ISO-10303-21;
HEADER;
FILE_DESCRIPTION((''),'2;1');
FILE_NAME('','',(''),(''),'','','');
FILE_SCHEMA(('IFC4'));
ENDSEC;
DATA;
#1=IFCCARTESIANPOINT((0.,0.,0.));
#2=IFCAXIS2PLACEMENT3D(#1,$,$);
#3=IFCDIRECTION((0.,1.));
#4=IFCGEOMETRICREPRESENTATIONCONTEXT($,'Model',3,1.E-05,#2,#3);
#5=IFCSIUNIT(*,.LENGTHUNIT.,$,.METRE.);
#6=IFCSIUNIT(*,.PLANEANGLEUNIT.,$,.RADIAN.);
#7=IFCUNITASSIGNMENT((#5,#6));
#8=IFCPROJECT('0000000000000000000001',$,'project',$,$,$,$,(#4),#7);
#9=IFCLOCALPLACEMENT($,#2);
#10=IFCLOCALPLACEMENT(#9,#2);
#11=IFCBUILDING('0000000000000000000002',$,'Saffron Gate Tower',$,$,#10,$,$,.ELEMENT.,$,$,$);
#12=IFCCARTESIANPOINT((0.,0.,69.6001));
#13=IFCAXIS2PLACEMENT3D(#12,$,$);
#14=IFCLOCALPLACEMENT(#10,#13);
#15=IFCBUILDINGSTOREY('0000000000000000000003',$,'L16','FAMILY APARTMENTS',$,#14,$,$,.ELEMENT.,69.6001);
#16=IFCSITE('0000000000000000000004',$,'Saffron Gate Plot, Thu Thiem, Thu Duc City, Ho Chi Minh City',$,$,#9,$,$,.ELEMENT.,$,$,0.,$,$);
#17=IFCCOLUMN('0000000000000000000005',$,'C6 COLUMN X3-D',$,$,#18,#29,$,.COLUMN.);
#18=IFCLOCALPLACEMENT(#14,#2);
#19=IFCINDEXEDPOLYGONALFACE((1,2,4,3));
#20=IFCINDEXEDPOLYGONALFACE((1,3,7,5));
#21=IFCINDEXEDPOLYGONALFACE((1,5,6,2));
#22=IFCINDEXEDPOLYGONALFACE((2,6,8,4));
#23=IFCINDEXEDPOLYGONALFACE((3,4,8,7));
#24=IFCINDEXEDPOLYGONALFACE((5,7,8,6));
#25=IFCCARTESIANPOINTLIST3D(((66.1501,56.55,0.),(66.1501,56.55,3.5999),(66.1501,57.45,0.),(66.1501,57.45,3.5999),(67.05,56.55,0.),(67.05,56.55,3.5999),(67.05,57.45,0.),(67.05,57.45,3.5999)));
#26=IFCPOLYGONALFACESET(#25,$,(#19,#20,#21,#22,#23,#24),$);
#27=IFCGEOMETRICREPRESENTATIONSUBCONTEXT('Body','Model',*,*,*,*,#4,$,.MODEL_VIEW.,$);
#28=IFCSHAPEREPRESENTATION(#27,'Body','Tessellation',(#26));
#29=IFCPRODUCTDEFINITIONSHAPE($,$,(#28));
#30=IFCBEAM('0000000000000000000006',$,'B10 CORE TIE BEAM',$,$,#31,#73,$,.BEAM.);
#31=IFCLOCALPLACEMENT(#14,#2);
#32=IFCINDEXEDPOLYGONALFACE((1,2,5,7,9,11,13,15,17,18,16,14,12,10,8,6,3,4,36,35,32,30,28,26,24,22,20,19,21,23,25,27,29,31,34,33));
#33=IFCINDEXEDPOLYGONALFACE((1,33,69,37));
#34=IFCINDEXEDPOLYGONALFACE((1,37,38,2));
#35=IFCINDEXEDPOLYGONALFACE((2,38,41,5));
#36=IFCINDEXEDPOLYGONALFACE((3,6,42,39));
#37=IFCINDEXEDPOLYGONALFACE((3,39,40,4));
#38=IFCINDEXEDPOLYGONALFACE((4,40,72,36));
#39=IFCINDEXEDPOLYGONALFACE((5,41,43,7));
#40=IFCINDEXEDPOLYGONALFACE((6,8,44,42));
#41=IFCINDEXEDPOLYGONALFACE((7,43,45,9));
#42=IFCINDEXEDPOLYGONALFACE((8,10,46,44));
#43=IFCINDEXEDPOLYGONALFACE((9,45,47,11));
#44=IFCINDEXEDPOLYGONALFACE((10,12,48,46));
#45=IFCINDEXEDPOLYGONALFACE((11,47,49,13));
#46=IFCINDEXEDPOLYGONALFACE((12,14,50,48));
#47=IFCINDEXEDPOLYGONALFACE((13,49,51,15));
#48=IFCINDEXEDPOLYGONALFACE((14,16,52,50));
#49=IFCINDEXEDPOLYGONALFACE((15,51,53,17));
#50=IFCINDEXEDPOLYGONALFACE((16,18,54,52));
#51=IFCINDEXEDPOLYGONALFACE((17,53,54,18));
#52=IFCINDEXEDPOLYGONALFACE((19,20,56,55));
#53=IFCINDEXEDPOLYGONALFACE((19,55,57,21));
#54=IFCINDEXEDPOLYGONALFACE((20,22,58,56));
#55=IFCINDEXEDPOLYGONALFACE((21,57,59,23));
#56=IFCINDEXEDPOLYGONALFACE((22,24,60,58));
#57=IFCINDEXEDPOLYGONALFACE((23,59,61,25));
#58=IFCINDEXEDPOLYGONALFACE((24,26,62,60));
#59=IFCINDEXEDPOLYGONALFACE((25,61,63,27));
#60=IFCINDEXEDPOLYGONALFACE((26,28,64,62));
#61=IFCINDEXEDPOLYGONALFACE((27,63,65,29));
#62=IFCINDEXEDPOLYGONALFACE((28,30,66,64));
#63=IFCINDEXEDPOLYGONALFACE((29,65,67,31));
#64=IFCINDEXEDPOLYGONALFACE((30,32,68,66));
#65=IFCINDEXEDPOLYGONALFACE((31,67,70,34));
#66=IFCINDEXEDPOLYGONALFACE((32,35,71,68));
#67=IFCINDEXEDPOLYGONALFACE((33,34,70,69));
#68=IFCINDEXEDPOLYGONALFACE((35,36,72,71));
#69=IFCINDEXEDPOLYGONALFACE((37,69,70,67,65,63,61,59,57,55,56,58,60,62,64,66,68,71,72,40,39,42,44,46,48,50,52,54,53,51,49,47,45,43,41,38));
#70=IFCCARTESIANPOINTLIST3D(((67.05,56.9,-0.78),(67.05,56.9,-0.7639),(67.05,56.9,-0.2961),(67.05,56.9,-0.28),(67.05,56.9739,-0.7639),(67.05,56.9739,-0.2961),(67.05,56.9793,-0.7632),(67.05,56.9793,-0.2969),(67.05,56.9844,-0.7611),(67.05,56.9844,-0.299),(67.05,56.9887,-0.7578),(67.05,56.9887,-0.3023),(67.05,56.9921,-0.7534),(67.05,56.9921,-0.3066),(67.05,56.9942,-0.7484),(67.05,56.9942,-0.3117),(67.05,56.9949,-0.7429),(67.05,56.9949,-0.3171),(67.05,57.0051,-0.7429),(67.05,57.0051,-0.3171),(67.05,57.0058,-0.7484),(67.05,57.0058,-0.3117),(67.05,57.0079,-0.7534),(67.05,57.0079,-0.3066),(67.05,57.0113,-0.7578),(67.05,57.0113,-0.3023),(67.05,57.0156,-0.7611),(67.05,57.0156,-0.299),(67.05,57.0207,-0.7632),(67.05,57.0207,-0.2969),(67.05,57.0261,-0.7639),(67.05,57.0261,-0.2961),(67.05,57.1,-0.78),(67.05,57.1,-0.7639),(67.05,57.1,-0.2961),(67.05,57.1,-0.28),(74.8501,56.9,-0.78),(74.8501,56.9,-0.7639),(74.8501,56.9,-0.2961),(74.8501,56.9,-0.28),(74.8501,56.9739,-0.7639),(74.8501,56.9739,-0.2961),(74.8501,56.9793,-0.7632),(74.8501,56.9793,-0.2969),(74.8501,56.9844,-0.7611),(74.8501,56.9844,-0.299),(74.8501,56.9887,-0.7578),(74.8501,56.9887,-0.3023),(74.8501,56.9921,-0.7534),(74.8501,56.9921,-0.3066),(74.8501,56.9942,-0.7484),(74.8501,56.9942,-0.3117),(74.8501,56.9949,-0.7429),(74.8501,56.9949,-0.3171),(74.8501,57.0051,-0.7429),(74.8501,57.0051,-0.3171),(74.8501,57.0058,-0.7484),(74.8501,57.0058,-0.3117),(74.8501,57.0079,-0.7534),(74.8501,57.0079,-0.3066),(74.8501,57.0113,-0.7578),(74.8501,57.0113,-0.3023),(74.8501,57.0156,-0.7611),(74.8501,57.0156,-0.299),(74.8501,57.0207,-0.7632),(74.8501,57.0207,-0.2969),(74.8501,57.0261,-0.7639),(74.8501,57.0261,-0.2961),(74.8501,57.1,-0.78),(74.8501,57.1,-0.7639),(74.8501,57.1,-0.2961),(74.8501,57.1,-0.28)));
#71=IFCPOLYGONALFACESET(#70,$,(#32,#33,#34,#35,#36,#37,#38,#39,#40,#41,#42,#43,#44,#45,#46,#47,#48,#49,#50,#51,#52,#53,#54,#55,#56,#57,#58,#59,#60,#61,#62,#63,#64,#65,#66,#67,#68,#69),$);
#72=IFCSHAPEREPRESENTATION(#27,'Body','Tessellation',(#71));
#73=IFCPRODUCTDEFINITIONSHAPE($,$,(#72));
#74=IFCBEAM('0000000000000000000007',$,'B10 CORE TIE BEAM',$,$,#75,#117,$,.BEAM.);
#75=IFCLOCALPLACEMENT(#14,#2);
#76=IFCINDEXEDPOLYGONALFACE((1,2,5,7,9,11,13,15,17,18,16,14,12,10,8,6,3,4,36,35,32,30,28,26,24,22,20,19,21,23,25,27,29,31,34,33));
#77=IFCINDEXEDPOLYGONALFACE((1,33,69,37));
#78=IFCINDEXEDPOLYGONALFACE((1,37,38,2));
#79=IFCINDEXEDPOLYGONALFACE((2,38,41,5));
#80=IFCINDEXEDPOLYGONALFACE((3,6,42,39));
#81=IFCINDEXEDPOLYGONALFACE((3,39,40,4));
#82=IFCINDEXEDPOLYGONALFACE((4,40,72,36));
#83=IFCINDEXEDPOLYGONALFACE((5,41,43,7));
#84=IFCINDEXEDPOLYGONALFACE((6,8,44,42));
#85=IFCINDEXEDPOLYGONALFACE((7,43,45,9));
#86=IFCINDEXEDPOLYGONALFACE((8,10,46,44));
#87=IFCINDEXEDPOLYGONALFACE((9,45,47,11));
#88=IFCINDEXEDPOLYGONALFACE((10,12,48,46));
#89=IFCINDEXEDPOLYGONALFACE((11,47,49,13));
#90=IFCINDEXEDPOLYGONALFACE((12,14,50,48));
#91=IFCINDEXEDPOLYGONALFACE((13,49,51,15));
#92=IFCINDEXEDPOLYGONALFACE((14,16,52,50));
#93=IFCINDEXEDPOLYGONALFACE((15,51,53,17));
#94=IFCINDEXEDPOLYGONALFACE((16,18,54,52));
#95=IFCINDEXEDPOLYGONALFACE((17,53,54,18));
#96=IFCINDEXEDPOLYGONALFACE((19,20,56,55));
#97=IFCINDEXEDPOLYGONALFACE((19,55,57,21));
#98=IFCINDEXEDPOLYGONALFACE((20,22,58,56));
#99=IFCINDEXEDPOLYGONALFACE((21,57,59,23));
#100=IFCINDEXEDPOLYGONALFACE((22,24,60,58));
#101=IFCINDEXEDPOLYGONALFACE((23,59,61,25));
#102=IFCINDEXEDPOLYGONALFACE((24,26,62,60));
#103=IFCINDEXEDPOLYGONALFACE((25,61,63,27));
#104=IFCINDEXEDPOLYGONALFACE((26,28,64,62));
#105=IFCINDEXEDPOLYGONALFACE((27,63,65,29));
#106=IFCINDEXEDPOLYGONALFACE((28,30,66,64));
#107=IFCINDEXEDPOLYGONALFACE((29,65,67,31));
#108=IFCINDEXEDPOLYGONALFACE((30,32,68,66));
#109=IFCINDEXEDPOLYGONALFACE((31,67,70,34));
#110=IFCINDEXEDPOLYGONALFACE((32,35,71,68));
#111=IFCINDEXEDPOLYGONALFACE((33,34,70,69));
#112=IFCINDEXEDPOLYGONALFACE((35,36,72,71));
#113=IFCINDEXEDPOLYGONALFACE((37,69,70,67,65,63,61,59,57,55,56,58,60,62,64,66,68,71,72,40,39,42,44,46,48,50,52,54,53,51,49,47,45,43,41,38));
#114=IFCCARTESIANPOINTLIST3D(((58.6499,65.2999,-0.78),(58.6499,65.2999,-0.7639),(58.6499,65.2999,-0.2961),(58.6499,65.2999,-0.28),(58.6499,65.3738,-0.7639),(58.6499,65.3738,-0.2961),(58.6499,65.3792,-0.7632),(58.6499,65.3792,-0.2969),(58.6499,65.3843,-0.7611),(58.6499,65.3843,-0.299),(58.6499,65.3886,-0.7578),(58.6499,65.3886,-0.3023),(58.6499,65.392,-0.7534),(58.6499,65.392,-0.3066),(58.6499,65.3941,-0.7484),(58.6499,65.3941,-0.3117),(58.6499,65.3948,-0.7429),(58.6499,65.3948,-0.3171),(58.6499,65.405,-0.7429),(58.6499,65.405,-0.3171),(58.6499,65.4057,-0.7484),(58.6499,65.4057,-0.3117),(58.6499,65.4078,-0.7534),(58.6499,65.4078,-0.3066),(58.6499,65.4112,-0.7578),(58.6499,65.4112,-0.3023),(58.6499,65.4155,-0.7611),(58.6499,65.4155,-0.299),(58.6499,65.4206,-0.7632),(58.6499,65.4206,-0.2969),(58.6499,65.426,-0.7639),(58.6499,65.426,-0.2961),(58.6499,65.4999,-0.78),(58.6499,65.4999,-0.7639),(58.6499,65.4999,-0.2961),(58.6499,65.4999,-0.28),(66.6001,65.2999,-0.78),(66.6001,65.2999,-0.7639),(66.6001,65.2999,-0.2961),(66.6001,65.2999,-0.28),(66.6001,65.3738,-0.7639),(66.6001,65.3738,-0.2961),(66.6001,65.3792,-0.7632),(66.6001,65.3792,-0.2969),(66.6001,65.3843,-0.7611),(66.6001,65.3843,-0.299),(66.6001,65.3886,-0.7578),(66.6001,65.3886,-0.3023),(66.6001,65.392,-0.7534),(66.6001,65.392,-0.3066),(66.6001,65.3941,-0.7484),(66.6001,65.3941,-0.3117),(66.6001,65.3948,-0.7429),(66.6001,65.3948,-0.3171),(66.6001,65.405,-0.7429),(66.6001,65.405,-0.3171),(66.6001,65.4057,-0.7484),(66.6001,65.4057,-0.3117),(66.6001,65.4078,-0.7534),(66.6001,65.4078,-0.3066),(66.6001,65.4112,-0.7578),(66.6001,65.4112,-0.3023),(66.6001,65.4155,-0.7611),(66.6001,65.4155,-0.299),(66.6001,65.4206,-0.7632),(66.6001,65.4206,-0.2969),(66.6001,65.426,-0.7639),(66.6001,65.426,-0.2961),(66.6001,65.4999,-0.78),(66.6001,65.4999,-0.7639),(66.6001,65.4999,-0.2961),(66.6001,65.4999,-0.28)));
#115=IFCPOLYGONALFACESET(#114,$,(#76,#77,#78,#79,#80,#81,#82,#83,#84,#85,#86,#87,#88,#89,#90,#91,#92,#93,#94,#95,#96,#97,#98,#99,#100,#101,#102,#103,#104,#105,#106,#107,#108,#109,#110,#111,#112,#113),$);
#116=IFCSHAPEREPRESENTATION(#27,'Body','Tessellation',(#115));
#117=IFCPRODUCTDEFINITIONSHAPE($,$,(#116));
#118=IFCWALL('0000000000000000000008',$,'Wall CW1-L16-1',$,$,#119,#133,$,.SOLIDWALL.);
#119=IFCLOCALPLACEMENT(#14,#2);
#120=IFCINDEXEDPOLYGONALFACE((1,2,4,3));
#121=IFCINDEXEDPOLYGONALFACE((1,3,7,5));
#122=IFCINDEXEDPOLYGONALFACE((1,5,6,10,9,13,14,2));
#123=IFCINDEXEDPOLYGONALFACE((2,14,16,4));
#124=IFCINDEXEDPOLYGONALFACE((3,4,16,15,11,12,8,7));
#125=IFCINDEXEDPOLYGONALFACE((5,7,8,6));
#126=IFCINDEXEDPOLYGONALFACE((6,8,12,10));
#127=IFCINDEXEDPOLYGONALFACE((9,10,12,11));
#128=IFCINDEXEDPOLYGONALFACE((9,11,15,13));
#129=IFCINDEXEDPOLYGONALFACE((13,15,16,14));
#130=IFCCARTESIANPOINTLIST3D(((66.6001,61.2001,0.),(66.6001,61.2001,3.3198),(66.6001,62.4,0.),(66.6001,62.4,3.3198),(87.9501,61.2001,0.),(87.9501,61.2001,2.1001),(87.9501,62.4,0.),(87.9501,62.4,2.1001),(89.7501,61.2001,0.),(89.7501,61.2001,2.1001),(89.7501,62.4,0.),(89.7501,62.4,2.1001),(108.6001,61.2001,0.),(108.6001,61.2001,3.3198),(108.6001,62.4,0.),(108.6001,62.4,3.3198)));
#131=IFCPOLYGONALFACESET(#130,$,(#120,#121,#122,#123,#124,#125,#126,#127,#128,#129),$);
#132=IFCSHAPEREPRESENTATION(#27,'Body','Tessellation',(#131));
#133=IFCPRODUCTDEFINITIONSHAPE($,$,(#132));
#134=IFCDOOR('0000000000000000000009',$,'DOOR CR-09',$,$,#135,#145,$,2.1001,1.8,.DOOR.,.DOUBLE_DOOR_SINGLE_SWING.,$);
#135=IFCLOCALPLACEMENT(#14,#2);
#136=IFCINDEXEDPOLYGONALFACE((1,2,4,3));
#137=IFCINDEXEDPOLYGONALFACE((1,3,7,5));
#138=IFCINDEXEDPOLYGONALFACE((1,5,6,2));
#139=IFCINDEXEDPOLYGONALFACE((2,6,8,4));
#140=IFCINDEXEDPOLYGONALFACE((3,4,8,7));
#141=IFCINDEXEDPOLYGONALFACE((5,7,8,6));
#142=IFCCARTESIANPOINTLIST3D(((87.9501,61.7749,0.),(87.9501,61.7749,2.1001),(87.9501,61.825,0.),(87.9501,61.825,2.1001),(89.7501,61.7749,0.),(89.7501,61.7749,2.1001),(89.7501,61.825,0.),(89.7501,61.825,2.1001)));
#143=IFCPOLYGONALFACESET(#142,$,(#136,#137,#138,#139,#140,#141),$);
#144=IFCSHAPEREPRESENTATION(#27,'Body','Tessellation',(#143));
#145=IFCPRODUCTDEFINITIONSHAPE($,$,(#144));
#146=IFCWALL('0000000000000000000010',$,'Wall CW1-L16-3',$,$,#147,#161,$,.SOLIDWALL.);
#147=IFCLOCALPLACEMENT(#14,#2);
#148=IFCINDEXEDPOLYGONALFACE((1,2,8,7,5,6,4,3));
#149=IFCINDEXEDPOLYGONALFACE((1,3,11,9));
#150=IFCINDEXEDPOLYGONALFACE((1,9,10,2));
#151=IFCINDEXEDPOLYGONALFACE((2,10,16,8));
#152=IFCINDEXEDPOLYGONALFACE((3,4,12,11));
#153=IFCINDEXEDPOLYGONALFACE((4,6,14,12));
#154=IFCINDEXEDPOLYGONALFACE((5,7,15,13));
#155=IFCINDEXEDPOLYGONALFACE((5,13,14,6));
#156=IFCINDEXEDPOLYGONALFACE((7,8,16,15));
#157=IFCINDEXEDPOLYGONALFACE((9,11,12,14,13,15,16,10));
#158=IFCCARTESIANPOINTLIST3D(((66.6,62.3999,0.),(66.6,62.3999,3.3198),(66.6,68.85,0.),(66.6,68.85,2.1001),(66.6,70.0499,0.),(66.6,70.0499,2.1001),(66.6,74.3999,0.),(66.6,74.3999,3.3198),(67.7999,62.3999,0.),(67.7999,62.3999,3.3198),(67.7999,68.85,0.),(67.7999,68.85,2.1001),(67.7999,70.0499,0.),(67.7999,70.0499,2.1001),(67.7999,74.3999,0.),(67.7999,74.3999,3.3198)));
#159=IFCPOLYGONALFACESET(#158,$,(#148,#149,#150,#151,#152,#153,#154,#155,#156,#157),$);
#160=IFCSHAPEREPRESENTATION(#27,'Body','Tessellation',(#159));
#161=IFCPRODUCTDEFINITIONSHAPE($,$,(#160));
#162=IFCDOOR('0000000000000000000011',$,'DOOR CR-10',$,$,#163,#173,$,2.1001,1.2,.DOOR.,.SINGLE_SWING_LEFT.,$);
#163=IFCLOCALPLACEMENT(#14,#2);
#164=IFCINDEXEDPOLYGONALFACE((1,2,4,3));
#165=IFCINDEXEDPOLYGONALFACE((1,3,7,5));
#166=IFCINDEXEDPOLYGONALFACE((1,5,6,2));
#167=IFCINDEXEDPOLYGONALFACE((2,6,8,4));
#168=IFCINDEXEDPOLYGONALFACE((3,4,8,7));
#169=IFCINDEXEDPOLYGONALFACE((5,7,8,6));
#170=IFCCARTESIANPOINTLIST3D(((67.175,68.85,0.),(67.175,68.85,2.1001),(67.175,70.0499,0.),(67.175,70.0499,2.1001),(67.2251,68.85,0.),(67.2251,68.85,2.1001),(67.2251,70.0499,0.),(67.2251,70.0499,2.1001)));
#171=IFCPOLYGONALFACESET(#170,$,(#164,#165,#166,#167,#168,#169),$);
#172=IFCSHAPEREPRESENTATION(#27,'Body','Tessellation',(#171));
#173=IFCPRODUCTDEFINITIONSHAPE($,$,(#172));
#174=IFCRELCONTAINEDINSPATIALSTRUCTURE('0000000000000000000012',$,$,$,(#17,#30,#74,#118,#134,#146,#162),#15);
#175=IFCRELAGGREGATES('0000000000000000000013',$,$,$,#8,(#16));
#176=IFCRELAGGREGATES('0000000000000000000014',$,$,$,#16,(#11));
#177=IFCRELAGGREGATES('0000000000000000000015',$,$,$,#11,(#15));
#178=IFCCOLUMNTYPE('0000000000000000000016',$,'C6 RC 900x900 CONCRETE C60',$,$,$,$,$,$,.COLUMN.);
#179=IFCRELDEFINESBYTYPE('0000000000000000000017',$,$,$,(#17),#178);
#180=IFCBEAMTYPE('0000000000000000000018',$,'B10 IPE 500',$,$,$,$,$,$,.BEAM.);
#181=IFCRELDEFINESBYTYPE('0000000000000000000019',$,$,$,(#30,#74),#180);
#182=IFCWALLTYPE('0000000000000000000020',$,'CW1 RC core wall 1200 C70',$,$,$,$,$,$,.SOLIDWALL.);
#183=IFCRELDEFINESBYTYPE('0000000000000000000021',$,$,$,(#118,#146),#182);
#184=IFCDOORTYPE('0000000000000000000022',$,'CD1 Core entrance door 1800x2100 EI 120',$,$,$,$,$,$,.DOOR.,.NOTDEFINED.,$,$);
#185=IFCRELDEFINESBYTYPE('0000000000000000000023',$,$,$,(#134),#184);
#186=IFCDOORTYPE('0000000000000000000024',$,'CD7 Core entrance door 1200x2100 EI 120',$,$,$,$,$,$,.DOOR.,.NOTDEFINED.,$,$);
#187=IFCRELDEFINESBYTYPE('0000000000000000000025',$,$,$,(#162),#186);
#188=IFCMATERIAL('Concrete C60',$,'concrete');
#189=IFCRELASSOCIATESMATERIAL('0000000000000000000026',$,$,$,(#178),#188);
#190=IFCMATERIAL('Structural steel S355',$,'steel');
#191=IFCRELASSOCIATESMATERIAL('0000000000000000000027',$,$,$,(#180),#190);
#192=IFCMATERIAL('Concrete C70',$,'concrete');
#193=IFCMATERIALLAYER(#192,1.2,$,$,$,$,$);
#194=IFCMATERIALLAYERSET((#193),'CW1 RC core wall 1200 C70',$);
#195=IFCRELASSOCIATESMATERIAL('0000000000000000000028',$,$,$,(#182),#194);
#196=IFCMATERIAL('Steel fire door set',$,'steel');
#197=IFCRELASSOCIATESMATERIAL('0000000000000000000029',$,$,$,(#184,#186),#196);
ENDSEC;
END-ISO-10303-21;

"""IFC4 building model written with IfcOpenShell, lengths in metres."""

from ifc_helpers import new_model, si_unit, direction, frame, frame_2d, origin, origin_2d, place, context, subcontext, project, spatial, rectangle, i_section, extrude, material, layer, layer_set, material_profile, profile_set, type_object, element, fill, save


model = new_model("IFC4")

# Units and contexts
model_context = context("Model", 3, precision=1e-05, world=origin(), true_north=direction((0.0, 1.0)))
body_context = subcontext(model_context, "Body", "Model", "MODEL_VIEW")
ifc_project = project(units=[si_unit("LENGTHUNIT", "METRE"), si_unit("PLANEANGLEUNIT", "RADIAN")], contexts=[model_context])

# Site, building, storey
site_placement = place(None, origin())
site = spatial("IfcSite", under=ifc_project, at=site_placement, Name="Saffron Gate Plot, Thu Thiem, Thu Duc City, Ho Chi Minh City", CompositionType="ELEMENT", RefElevation=0.0)
building_placement = place(site_placement, origin())
building = spatial("IfcBuilding", under=site, at=building_placement, Name="Saffron Gate Tower", CompositionType="ELEMENT")
storey_placement = place(building_placement, frame((0.0, 0.0, 69.6001)))
storey = spatial("IfcBuildingStorey", under=building, at=storey_placement, Name="L16", Description="FAMILY APARTMENTS", CompositionType="ELEMENT", Elevation=69.6001)

# Column
ifc_material_1 = material(Name="Concrete C60", Category="concrete")
ifc_material_profile_1 = material_profile(ifc_material_1, rectangle(XDim=0.8999, YDim=0.8999, at=origin_2d()))
ifc_profile_set_1 = profile_set([ifc_material_profile_1], Name="Concrete C60")
column_type = type_object("IfcColumnType", Name="C6 RC 900x900 CONCRETE C60", PredefinedType="COLUMN", material=ifc_profile_set_1)
column_placement = place(storey_placement, frame((66.6001, 57.0, 0.0), z_axis=(0.0, 0.0, 1.0), x_axis=(1.0, 0.0, 0.0)))
element("IfcColumn", 1, at=column_placement, inside=storey, type_object=column_type, Name="C6 COLUMN X3-D", PredefinedType="COLUMN", context=body_context, shape_type="SweptSolid", body=[
    extrude(rectangle(XDim=0.8999, YDim=0.8999, at=origin_2d()), origin(), (0.0, 0.0, 1.0), 3.5999),
])

# Beams
ifc_material_2 = material(Name="Structural steel S355", Category="steel")
ifc_material_profile_2 = material_profile(ifc_material_2, i_section(OverallWidth=0.2, OverallDepth=0.5, WebThickness=0.0103, FlangeThickness=0.0161, FilletRadius=0.021, at=origin_2d()))
ifc_profile_set_2 = profile_set([ifc_material_profile_2], Name="Structural steel S355")
beam_type = type_object("IfcBeamType", Name="B10 IPE 500", PredefinedType="BEAM", material=ifc_profile_set_2)
beam_1_placement = place(storey_placement, frame((67.05, 57.0, -0.53), z_axis=(1.0, 0.0, 0.0), x_axis=(0.0, 1.0, 0.0)))
element("IfcBeam", 2, at=beam_1_placement, inside=storey, type_object=beam_type, Name="B10 CORE TIE BEAM", PredefinedType="BEAM", context=body_context, shape_type="SweptSolid", body=[
    extrude(i_section(OverallWidth=0.2, OverallDepth=0.5, WebThickness=0.0103, FlangeThickness=0.0161, FilletRadius=0.021, at=origin_2d()), origin(), (0.0, 0.0, 1.0), 7.8),
])
beam_2_placement = place(storey_placement, frame((58.6499, 65.3999, -0.53), z_axis=(1.0, 0.0, 0.0), x_axis=(0.0, 1.0, 0.0)))
element("IfcBeam", 3, at=beam_2_placement, inside=storey, type_object=beam_type, Name="B10 CORE TIE BEAM", PredefinedType="BEAM", context=body_context, shape_type="SweptSolid", body=[
    extrude(i_section(OverallWidth=0.2, OverallDepth=0.5, WebThickness=0.0103, FlangeThickness=0.0161, FilletRadius=0.021, at=origin_2d()), origin(), (0.0, 0.0, 1.0), 7.9502),
])

# Walls, openings, doors
ifc_material_3 = material(Name="Concrete C70", Category="concrete")
ifc_layer_1 = layer(ifc_material_3, 1.2)
ifc_layer_set_1 = layer_set([ifc_layer_1], Name="CW1 RC core wall 1200 C70")
wall_type_1 = type_object("IfcWallType", Name="CW1 RC core wall 1200 C70", PredefinedType="SOLIDWALL", material=ifc_layer_set_1)
wall_1_placement = place(storey_placement, frame((66.6001, 61.8, 0.0), z_axis=(0.0, 0.0, 1.0), x_axis=(1.0, 0.0, 0.0)))
wall_1 = element("IfcWall", 4, at=wall_1_placement, inside=storey, type_object=wall_type_1, Name="Wall CW1-L16-1", PredefinedType="SOLIDWALL", context=body_context, shape_type="SweptSolid", body=[
    extrude(rectangle(XDim=42.0, YDim=1.2, at=frame_2d((21.0, 0.0))), origin(), (0.0, 0.0, 1.0), 3.3198),
])
opening_1_placement = place(wall_1_placement, frame((21.3501, 0.0, 0.0)))
opening_1 = element("IfcOpeningElement", 5, at=opening_1_placement, cuts=wall_1, PredefinedType="OPENING", context=body_context, shape_type="SweptSolid", body=[
    extrude(rectangle(XDim=1.8, YDim=2.1001, at=frame_2d((0.8999, 1.05))), frame((0.0, 0.6099, 0.0), z_axis=(0.0, -1.0, 0.0), x_axis=(1.0, 0.0, 0.0)), (0.0, 0.0, 1.0), 1.22),
])
ifc_material_4 = material(Name="Steel fire door set", Category="steel")
door_type_1 = type_object("IfcDoorType", Name="CD1 Core entrance door 1800x2100 EI 120", OperationType="NOTDEFINED", PredefinedType="DOOR", material=ifc_material_4)
door_1_placement = place(opening_1_placement, origin())
door_1 = element("IfcDoor", 6, at=door_1_placement, inside=storey, type_object=door_type_1, Name="DOOR CR-09", OperationType="DOUBLE_DOOR_SINGLE_SWING", OverallHeight=2.1001, OverallWidth=1.8, PredefinedType="DOOR", context=body_context, shape_type="SweptSolid", body=[
    extrude(rectangle(XDim=1.8, YDim=2.1001, at=frame_2d((0.8999, 1.05))), frame((0.0, 0.0249, 0.0), z_axis=(0.0, -1.0, 0.0), x_axis=(1.0, 0.0, 0.0)), (0.0, 0.0, 1.0), 0.05),
])
fill(opening_1, door_1)
wall_2_placement = place(storey_placement, frame((67.2, 62.3999, 0.0), z_axis=(0.0, 0.0, 1.0), x_axis=(0.0, 1.0, 0.0)))
wall_2 = element("IfcWall", 7, at=wall_2_placement, inside=storey, type_object=wall_type_1, Name="Wall CW1-L16-3", PredefinedType="SOLIDWALL", context=body_context, shape_type="SweptSolid", body=[
    extrude(rectangle(XDim=12.0, YDim=1.2, at=frame_2d((6.0, 0.0))), origin(), (0.0, 0.0, 1.0), 3.3198),
])
opening_2_placement = place(wall_2_placement, frame((6.45, 0.0, 0.0)))
opening_2 = element("IfcOpeningElement", 8, at=opening_2_placement, cuts=wall_2, PredefinedType="OPENING", context=body_context, shape_type="SweptSolid", body=[
    extrude(rectangle(XDim=1.2, YDim=2.1001, at=frame_2d((0.6001, 1.05))), frame((0.0, 0.6099, 0.0), z_axis=(0.0, -1.0, 0.0), x_axis=(1.0, 0.0, 0.0)), (0.0, 0.0, 1.0), 1.22),
])
door_type_2 = type_object("IfcDoorType", Name="CD7 Core entrance door 1200x2100 EI 120", OperationType="NOTDEFINED", PredefinedType="DOOR", material=ifc_material_4)
door_2_placement = place(opening_2_placement, origin())
door_2 = element("IfcDoor", 9, at=door_2_placement, inside=storey, type_object=door_type_2, Name="DOOR CR-10", OperationType="SINGLE_SWING_LEFT", OverallHeight=2.1001, OverallWidth=1.2, PredefinedType="DOOR", context=body_context, shape_type="SweptSolid", body=[
    extrude(rectangle(XDim=1.2, YDim=2.1001, at=frame_2d((0.6001, 1.05))), frame((0.0, 0.0249, 0.0), z_axis=(0.0, -1.0, 0.0), x_axis=(1.0, 0.0, 0.0)), (0.0, 0.0, 1.0), 0.05),
])
fill(opening_2, door_2)

save(model, "model.ifc")
